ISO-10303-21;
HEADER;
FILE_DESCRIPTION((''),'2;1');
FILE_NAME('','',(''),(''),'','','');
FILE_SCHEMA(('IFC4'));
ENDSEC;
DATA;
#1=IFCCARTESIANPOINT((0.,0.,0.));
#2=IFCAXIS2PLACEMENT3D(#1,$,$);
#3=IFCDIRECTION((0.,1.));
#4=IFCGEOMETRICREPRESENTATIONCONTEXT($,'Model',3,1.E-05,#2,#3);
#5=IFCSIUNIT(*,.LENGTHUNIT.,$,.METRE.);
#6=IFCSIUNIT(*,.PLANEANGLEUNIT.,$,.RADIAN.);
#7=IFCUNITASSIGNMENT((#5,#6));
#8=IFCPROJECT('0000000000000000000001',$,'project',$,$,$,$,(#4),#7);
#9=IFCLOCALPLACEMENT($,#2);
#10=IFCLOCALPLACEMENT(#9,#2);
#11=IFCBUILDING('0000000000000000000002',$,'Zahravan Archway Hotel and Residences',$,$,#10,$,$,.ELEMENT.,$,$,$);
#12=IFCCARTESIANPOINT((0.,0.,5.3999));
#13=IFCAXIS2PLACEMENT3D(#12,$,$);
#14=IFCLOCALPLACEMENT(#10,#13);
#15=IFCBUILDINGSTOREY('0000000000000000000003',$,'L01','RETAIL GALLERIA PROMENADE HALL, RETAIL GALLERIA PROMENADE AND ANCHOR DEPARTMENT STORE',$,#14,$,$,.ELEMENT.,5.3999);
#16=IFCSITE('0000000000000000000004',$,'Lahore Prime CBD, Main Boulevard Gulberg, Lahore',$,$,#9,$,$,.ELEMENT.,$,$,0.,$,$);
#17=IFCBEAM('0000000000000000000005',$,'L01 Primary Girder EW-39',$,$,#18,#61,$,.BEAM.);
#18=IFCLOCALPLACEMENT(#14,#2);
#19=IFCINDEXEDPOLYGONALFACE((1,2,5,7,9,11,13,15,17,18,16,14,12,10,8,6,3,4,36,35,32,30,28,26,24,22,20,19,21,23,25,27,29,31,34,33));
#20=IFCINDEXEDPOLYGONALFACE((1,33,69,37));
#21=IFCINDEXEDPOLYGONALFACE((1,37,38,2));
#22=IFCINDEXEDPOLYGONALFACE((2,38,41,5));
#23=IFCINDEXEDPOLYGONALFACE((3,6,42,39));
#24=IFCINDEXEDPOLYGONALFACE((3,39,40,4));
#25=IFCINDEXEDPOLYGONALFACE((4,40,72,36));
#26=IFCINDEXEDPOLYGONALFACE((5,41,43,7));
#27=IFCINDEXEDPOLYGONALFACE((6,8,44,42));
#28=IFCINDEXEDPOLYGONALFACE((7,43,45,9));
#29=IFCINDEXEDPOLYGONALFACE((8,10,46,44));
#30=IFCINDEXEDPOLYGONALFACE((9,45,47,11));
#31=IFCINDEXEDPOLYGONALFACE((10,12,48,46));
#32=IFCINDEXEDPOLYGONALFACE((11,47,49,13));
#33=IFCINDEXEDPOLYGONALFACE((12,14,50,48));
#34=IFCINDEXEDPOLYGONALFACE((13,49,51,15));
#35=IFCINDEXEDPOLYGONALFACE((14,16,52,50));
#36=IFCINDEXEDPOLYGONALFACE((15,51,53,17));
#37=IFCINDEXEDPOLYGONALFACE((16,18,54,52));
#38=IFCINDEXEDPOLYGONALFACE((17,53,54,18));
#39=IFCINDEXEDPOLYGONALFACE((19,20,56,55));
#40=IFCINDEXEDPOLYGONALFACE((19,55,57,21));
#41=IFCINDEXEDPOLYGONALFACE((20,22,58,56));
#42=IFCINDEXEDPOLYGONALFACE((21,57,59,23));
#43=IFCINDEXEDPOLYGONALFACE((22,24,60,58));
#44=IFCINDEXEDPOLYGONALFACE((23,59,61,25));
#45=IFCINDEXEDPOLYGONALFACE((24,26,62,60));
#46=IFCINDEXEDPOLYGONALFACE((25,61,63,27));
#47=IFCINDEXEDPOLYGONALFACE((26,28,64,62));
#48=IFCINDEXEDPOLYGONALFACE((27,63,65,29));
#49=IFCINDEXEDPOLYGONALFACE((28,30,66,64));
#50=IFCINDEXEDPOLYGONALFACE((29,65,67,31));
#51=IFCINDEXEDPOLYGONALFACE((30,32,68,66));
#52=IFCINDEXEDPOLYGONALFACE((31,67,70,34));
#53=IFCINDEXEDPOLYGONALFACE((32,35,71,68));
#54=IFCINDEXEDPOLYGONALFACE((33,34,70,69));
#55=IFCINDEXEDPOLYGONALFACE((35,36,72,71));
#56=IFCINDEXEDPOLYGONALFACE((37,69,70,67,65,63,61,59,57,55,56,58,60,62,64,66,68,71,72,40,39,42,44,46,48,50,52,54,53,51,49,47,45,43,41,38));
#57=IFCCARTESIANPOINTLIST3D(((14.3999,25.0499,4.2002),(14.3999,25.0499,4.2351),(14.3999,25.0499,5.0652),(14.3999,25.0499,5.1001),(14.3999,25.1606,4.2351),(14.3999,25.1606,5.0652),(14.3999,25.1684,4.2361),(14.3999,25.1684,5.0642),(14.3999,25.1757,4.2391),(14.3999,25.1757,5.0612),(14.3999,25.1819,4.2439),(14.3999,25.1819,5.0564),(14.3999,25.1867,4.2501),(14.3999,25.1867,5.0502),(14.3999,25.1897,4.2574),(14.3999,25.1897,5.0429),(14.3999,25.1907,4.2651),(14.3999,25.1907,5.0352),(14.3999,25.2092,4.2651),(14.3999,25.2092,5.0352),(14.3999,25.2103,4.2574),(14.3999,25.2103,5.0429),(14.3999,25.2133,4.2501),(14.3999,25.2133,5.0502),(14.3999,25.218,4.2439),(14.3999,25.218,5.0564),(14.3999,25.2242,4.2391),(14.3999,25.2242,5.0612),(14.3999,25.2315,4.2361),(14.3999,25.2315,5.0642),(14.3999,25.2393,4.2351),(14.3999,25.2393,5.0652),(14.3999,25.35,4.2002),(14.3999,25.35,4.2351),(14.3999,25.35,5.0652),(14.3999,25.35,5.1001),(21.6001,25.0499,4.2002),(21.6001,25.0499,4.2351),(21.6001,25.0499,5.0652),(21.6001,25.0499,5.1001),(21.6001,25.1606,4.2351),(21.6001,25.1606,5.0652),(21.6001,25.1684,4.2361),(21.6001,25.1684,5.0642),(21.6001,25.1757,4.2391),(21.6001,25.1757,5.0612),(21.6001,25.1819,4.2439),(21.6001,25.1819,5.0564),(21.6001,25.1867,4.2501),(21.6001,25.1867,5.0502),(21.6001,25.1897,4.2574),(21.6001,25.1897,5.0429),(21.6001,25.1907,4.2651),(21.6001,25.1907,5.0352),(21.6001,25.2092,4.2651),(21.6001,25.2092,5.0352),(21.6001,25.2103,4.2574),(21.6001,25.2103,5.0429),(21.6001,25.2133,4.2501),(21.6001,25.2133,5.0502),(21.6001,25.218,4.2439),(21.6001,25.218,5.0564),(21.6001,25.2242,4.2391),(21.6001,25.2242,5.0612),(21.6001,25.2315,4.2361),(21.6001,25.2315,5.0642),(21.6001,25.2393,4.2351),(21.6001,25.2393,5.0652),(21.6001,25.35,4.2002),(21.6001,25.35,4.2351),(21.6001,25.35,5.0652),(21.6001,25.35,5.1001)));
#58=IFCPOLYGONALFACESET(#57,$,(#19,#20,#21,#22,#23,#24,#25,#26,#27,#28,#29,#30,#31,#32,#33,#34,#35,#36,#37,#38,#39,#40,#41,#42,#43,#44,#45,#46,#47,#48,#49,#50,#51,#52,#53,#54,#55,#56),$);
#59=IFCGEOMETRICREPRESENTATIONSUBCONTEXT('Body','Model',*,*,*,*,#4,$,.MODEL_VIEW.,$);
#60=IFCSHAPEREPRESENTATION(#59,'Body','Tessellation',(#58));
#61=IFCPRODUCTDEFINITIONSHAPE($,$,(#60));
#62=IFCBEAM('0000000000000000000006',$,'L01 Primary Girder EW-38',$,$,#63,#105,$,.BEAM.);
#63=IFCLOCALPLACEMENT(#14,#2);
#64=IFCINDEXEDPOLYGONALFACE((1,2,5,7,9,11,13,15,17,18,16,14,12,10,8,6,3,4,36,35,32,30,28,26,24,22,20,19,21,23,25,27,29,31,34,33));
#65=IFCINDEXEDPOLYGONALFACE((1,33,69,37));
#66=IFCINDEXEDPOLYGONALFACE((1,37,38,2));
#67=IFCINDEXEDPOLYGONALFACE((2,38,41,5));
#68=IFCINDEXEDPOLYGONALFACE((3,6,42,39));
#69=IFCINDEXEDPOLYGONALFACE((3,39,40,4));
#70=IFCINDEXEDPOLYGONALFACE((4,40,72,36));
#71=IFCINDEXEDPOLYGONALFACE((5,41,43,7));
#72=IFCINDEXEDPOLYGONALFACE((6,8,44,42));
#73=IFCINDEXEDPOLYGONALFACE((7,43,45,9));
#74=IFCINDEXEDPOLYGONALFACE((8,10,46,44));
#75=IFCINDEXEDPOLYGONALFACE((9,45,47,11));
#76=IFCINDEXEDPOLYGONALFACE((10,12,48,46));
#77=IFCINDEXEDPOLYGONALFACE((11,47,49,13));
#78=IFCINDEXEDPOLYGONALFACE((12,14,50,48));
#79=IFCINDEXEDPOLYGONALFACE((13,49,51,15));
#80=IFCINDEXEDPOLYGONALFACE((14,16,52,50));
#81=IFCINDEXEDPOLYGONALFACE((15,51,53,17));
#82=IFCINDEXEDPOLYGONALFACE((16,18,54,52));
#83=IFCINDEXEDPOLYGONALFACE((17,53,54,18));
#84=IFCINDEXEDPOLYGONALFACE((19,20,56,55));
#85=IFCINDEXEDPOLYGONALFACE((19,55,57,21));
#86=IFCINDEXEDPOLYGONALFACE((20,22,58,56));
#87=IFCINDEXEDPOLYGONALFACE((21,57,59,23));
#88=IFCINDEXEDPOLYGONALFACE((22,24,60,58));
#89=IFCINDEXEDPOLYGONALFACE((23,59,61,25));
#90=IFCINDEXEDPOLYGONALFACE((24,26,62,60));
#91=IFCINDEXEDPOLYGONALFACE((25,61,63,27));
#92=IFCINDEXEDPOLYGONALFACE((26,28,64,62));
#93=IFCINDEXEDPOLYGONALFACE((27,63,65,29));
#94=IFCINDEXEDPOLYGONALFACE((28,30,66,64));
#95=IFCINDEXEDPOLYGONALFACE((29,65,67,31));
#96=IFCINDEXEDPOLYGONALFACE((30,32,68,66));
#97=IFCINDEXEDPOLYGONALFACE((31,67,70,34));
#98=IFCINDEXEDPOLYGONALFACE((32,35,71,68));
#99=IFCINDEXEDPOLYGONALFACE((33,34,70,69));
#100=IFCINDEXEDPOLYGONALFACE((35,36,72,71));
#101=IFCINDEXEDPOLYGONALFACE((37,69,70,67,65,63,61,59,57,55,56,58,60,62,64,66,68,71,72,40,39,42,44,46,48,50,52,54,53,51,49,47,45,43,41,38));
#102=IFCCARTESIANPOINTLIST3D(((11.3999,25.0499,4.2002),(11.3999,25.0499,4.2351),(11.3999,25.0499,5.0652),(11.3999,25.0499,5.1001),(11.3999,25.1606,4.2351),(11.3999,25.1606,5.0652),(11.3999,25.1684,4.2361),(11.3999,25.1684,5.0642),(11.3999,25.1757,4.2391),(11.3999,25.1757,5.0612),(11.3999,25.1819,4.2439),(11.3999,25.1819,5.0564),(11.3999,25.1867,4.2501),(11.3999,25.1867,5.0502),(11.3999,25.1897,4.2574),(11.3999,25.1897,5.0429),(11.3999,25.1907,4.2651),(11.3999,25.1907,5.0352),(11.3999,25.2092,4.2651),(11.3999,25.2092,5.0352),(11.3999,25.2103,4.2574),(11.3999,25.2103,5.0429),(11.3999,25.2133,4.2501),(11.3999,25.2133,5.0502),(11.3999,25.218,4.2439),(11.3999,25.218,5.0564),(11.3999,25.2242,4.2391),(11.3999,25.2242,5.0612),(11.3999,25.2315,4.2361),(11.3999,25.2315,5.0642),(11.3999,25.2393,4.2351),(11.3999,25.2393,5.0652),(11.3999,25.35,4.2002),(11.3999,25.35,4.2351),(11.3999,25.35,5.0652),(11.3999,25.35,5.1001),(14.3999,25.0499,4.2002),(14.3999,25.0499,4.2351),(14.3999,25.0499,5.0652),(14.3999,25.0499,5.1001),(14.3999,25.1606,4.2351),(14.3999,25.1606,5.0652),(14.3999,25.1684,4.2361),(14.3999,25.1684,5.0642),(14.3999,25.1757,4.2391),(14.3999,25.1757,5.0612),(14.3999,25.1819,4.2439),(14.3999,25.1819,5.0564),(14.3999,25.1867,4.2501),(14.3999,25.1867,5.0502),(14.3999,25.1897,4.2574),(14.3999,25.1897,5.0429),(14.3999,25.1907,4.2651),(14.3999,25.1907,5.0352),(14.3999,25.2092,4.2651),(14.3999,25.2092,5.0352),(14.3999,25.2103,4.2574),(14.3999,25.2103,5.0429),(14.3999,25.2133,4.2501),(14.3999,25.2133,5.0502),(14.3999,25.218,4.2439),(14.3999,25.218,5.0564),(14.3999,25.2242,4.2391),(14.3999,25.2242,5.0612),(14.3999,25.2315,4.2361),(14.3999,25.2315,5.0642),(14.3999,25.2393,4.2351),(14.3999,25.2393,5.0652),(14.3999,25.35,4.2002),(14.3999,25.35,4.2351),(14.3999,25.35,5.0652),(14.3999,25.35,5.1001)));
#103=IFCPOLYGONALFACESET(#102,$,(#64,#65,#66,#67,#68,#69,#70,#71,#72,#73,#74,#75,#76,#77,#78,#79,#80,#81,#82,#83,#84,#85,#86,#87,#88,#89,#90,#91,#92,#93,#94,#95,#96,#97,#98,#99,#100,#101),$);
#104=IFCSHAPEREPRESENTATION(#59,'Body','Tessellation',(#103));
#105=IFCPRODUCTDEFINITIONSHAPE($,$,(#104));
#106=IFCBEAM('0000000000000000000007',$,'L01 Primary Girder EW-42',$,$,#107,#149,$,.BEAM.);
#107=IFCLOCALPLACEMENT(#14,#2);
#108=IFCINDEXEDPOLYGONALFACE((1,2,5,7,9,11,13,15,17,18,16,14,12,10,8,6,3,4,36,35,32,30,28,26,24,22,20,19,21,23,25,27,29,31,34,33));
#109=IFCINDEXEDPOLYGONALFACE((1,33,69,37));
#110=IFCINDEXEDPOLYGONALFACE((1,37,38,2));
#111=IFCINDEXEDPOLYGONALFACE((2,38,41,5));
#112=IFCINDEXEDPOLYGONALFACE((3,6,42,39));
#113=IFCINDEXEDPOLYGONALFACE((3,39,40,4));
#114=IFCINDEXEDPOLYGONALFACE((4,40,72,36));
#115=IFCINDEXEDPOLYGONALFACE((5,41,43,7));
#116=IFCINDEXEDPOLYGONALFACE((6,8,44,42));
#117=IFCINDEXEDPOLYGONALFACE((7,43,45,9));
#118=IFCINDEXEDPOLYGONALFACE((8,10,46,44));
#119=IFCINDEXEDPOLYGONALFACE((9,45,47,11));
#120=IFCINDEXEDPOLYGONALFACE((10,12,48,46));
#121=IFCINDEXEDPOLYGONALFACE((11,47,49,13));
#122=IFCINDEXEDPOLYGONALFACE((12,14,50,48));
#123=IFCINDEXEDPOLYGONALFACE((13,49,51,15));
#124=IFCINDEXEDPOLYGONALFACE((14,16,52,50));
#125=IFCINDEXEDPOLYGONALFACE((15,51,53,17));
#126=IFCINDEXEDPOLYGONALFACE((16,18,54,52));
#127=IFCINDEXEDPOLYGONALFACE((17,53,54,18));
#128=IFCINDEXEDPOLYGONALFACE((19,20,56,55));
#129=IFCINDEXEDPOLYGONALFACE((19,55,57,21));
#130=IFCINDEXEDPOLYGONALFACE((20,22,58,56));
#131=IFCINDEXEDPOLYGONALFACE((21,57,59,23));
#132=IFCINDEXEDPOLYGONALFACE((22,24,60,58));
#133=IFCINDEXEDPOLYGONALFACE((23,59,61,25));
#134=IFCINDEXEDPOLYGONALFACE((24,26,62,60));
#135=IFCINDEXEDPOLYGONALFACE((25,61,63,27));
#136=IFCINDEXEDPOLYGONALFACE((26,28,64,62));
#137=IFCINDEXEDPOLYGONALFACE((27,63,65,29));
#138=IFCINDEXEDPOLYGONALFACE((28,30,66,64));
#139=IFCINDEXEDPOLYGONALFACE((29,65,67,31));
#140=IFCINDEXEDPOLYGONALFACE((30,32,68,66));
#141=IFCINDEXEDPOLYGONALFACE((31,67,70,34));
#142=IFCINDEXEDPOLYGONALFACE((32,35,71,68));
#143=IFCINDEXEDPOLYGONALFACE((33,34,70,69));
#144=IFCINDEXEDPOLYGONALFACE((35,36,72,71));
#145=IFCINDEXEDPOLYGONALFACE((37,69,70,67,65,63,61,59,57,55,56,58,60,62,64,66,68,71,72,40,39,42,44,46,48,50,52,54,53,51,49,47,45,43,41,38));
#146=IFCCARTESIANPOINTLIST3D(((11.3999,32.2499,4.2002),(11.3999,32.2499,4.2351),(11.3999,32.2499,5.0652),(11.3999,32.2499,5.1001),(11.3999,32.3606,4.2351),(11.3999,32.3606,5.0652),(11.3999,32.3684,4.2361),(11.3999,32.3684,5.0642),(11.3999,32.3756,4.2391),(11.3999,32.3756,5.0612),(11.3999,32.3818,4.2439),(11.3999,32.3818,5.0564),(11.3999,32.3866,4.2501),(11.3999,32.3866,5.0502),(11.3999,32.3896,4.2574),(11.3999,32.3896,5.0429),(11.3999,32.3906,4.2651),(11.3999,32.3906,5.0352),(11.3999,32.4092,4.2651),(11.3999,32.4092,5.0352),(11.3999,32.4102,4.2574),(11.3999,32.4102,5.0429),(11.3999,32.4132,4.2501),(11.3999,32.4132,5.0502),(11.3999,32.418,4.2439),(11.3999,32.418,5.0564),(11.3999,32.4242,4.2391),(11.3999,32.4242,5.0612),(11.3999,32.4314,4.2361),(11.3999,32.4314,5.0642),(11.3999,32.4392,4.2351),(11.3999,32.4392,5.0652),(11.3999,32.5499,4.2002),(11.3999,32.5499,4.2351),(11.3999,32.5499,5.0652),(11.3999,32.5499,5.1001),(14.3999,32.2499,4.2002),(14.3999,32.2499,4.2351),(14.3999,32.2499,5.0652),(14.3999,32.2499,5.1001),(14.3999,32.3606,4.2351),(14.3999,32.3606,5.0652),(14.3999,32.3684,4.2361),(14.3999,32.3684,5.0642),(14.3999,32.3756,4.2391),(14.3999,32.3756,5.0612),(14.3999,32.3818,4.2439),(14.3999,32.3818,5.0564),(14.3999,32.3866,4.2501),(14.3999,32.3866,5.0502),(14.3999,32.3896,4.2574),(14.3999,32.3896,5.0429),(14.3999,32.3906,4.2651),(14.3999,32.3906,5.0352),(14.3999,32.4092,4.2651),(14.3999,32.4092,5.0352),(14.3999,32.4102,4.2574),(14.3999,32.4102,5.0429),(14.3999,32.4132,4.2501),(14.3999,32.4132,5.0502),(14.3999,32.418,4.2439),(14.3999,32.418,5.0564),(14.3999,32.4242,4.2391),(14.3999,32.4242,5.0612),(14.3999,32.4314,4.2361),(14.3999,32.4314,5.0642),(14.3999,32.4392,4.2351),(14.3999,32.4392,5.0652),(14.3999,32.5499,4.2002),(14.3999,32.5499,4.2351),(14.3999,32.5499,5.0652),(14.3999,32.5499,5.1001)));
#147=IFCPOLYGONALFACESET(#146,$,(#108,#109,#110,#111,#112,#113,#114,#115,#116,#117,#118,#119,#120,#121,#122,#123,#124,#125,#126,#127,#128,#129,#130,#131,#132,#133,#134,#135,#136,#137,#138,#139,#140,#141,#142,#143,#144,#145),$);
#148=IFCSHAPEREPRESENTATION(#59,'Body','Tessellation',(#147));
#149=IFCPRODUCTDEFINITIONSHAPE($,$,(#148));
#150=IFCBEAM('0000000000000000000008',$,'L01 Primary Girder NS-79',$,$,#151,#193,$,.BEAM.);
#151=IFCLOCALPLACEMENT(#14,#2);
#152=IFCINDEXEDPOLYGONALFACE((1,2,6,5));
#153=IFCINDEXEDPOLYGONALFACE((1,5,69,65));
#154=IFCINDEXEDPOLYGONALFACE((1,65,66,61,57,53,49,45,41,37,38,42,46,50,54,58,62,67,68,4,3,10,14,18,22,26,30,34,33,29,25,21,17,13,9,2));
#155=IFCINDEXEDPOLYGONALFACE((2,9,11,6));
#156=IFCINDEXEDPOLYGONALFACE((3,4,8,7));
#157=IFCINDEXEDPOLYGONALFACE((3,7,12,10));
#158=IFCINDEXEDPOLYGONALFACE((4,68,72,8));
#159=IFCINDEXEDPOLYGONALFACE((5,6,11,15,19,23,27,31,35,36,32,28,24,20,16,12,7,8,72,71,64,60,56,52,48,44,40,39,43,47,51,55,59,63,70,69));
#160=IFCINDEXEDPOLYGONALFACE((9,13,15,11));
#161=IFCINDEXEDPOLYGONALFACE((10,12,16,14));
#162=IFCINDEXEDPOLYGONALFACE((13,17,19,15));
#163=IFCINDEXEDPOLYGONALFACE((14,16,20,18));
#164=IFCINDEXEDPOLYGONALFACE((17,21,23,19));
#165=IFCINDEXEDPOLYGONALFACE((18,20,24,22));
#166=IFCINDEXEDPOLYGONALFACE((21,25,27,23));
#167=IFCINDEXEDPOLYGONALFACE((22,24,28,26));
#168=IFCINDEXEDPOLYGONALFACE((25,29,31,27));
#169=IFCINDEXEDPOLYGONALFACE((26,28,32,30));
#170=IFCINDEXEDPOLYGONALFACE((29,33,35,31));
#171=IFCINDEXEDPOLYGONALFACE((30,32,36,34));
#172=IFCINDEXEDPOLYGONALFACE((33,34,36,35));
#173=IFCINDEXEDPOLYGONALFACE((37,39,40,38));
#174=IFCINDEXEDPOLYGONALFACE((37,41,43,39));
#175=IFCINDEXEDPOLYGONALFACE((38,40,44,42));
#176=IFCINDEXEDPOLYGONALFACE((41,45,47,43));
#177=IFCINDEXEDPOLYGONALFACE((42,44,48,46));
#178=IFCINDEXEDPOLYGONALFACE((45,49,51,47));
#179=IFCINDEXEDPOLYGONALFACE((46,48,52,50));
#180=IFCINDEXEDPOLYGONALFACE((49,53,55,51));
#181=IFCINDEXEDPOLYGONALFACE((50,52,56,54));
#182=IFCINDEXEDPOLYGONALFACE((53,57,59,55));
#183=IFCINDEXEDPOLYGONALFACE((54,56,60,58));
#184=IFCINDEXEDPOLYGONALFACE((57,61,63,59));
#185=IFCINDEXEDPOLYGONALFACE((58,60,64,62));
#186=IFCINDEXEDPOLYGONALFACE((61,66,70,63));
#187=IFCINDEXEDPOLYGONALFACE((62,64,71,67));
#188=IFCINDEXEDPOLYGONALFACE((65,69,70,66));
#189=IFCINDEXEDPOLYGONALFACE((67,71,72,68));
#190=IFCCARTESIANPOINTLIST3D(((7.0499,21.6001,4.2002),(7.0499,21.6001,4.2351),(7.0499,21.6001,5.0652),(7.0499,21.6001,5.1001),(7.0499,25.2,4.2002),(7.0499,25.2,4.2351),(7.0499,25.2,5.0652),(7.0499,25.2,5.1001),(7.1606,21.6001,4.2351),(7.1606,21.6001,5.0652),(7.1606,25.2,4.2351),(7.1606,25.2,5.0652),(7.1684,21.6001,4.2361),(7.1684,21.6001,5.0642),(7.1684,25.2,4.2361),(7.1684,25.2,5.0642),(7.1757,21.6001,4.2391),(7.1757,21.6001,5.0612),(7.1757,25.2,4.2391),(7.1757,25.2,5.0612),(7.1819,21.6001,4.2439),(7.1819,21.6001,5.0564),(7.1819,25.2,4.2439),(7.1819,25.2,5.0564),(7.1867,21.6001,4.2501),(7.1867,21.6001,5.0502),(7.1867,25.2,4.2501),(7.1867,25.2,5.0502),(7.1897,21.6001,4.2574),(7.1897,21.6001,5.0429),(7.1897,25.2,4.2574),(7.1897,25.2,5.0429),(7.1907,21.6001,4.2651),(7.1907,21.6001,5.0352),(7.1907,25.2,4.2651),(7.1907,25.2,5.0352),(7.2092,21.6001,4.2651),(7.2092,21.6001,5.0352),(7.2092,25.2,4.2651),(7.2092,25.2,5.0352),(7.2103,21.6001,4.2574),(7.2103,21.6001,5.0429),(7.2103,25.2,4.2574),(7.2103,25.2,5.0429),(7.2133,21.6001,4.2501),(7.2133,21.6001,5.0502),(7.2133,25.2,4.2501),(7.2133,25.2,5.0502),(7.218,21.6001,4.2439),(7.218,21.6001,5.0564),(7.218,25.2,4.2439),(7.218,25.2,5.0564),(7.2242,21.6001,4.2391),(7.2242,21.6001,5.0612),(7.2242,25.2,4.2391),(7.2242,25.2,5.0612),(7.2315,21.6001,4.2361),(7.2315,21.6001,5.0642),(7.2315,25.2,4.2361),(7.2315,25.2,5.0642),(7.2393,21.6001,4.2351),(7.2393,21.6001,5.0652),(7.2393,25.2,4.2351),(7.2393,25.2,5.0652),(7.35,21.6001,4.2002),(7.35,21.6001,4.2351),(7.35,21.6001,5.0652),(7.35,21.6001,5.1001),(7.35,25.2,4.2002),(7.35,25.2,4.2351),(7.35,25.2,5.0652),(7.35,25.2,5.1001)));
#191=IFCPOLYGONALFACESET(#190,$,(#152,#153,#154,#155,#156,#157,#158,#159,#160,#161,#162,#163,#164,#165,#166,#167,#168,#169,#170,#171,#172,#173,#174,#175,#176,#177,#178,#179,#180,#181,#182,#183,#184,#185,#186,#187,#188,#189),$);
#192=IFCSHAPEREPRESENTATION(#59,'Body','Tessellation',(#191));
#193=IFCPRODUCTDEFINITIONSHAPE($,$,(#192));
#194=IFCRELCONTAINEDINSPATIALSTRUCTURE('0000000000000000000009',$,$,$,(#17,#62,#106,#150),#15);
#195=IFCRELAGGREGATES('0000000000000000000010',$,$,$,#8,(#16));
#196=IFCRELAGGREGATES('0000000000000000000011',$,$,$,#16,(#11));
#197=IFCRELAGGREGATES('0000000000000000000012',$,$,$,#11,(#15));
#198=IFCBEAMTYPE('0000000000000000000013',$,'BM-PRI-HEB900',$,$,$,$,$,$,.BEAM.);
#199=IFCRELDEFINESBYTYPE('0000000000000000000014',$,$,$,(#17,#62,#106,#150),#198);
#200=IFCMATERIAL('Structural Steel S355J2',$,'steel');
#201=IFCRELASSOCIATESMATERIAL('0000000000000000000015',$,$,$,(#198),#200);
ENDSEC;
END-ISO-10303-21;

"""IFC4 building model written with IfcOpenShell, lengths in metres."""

from ifc_helpers import new_model, si_unit, direction, frame, origin, origin_2d, place, context, subcontext, project, spatial, i_section, extrude, source, transform, mapped, material, material_profile, profile_set, type_object, element, save


model = new_model("IFC4")

# Units and contexts
model_context = context("Model", 3, precision=1e-05, world=origin(), true_north=direction((0.0, 1.0)))
body_context = subcontext(model_context, "Body", "Model", "MODEL_VIEW")
ifc_project = project(units=[si_unit("LENGTHUNIT", "METRE"), si_unit("PLANEANGLEUNIT", "RADIAN")], contexts=[model_context])

# Site, building, storey
site_placement = place(None, origin())
site = spatial("IfcSite", under=ifc_project, at=site_placement, Name="Lahore Prime CBD, Main Boulevard Gulberg, Lahore", CompositionType="ELEMENT", RefElevation=0.0)
building_placement = place(site_placement, origin())
building = spatial("IfcBuilding", under=site, at=building_placement, Name="Zahravan Archway Hotel and Residences", CompositionType="ELEMENT")
storey_placement = place(building_placement, frame((0.0, 0.0, 5.3999)))
storey = spatial("IfcBuildingStorey", under=building, at=storey_placement, Name="L01", Description="RETAIL GALLERIA PROMENADE HALL, RETAIL GALLERIA PROMENADE AND ANCHOR DEPARTMENT STORE", CompositionType="ELEMENT", Elevation=5.3999)

# Beams
ifc_material_1 = material(Name="Structural Steel S355J2", Category="steel")
ifc_material_profile_1 = material_profile(ifc_material_1, i_section(OverallWidth=0.3, OverallDepth=0.8999, WebThickness=0.0186, FlangeThickness=0.0349, FilletRadius=0.03, at=origin_2d()), Name="HEB 900", Category="steel")
ifc_profile_set_1 = profile_set([ifc_material_profile_1], Name="Structural Steel S355J2")
beam_type = type_object("IfcBeamType", Name="BM-PRI-HEB900", PredefinedType="BEAM", material=ifc_profile_set_1)
shared_shape_1 = source(origin(), body_context, "Body", "SweptSolid", [
    extrude(i_section(OverallWidth=0.3, OverallDepth=0.8999, WebThickness=0.0186, FlangeThickness=0.0349, FilletRadius=0.03, at=origin_2d()), origin(), (0.0, 0.0, 1.0), 7.2002),
])
for number, where, z_axis, x_axis, name in (
    (1, (14.3999, 25.2, 4.6501), (1.0, 0.0, 0.0), (0.0, 1.0, 0.0), "L01 Primary Girder EW-39"),
):
    element("IfcBeam", number, at=place(storey_placement, frame(where, z_axis=z_axis, x_axis=x_axis)), inside=storey, type_object=beam_type, Name=name, PredefinedType="BEAM", context=body_context, shape_type="MappedRepresentation", body=[
        mapped(shared_shape_1, transform((0.0, 0.0, 0.0), scale=1.0)),
    ])
shared_shape_2 = source(origin(), body_context, "Body", "SweptSolid", [
    extrude(i_section(OverallWidth=0.3, OverallDepth=0.8999, WebThickness=0.0186, FlangeThickness=0.0349, FilletRadius=0.03, at=origin_2d()), origin(), (0.0, 0.0, 1.0), 3.0),
])
for number, where, z_axis, x_axis, name in (
    (2, (11.3999, 25.2, 4.6501), (1.0, 0.0, 0.0), (0.0, 1.0, 0.0), "L01 Primary Girder EW-38"),
    (3, (11.3999, 32.3999, 4.6501), (1.0, 0.0, 0.0), (0.0, 1.0, 0.0), "L01 Primary Girder EW-42"),
):
    element("IfcBeam", number, at=place(storey_placement, frame(where, z_axis=z_axis, x_axis=x_axis)), inside=storey, type_object=beam_type, Name=name, PredefinedType="BEAM", context=body_context, shape_type="MappedRepresentation", body=[
        mapped(shared_shape_2, transform((0.0, 0.0, 0.0), scale=1.0)),
    ])
shared_shape_3 = source(origin(), body_context, "Body", "SweptSolid", [
    extrude(i_section(OverallWidth=0.3, OverallDepth=0.8999, WebThickness=0.0186, FlangeThickness=0.0349, FilletRadius=0.03, at=origin_2d()), origin(), (0.0, 0.0, 1.0), 3.5999),
])
for number, where, z_axis, x_axis, name in (
    (4, (7.2, 21.6001, 4.6501), (0.0, 1.0, 0.0), (-1.0, 0.0, 0.0), "L01 Primary Girder NS-79"),
):
    element("IfcBeam", number, at=place(storey_placement, frame(where, z_axis=z_axis, x_axis=x_axis)), inside=storey, type_object=beam_type, Name=name, PredefinedType="BEAM", context=body_context, shape_type="MappedRepresentation", body=[
        mapped(shared_shape_3, transform((0.0, 0.0, 0.0), scale=1.0)),
    ])

save(model, "model.ifc")
